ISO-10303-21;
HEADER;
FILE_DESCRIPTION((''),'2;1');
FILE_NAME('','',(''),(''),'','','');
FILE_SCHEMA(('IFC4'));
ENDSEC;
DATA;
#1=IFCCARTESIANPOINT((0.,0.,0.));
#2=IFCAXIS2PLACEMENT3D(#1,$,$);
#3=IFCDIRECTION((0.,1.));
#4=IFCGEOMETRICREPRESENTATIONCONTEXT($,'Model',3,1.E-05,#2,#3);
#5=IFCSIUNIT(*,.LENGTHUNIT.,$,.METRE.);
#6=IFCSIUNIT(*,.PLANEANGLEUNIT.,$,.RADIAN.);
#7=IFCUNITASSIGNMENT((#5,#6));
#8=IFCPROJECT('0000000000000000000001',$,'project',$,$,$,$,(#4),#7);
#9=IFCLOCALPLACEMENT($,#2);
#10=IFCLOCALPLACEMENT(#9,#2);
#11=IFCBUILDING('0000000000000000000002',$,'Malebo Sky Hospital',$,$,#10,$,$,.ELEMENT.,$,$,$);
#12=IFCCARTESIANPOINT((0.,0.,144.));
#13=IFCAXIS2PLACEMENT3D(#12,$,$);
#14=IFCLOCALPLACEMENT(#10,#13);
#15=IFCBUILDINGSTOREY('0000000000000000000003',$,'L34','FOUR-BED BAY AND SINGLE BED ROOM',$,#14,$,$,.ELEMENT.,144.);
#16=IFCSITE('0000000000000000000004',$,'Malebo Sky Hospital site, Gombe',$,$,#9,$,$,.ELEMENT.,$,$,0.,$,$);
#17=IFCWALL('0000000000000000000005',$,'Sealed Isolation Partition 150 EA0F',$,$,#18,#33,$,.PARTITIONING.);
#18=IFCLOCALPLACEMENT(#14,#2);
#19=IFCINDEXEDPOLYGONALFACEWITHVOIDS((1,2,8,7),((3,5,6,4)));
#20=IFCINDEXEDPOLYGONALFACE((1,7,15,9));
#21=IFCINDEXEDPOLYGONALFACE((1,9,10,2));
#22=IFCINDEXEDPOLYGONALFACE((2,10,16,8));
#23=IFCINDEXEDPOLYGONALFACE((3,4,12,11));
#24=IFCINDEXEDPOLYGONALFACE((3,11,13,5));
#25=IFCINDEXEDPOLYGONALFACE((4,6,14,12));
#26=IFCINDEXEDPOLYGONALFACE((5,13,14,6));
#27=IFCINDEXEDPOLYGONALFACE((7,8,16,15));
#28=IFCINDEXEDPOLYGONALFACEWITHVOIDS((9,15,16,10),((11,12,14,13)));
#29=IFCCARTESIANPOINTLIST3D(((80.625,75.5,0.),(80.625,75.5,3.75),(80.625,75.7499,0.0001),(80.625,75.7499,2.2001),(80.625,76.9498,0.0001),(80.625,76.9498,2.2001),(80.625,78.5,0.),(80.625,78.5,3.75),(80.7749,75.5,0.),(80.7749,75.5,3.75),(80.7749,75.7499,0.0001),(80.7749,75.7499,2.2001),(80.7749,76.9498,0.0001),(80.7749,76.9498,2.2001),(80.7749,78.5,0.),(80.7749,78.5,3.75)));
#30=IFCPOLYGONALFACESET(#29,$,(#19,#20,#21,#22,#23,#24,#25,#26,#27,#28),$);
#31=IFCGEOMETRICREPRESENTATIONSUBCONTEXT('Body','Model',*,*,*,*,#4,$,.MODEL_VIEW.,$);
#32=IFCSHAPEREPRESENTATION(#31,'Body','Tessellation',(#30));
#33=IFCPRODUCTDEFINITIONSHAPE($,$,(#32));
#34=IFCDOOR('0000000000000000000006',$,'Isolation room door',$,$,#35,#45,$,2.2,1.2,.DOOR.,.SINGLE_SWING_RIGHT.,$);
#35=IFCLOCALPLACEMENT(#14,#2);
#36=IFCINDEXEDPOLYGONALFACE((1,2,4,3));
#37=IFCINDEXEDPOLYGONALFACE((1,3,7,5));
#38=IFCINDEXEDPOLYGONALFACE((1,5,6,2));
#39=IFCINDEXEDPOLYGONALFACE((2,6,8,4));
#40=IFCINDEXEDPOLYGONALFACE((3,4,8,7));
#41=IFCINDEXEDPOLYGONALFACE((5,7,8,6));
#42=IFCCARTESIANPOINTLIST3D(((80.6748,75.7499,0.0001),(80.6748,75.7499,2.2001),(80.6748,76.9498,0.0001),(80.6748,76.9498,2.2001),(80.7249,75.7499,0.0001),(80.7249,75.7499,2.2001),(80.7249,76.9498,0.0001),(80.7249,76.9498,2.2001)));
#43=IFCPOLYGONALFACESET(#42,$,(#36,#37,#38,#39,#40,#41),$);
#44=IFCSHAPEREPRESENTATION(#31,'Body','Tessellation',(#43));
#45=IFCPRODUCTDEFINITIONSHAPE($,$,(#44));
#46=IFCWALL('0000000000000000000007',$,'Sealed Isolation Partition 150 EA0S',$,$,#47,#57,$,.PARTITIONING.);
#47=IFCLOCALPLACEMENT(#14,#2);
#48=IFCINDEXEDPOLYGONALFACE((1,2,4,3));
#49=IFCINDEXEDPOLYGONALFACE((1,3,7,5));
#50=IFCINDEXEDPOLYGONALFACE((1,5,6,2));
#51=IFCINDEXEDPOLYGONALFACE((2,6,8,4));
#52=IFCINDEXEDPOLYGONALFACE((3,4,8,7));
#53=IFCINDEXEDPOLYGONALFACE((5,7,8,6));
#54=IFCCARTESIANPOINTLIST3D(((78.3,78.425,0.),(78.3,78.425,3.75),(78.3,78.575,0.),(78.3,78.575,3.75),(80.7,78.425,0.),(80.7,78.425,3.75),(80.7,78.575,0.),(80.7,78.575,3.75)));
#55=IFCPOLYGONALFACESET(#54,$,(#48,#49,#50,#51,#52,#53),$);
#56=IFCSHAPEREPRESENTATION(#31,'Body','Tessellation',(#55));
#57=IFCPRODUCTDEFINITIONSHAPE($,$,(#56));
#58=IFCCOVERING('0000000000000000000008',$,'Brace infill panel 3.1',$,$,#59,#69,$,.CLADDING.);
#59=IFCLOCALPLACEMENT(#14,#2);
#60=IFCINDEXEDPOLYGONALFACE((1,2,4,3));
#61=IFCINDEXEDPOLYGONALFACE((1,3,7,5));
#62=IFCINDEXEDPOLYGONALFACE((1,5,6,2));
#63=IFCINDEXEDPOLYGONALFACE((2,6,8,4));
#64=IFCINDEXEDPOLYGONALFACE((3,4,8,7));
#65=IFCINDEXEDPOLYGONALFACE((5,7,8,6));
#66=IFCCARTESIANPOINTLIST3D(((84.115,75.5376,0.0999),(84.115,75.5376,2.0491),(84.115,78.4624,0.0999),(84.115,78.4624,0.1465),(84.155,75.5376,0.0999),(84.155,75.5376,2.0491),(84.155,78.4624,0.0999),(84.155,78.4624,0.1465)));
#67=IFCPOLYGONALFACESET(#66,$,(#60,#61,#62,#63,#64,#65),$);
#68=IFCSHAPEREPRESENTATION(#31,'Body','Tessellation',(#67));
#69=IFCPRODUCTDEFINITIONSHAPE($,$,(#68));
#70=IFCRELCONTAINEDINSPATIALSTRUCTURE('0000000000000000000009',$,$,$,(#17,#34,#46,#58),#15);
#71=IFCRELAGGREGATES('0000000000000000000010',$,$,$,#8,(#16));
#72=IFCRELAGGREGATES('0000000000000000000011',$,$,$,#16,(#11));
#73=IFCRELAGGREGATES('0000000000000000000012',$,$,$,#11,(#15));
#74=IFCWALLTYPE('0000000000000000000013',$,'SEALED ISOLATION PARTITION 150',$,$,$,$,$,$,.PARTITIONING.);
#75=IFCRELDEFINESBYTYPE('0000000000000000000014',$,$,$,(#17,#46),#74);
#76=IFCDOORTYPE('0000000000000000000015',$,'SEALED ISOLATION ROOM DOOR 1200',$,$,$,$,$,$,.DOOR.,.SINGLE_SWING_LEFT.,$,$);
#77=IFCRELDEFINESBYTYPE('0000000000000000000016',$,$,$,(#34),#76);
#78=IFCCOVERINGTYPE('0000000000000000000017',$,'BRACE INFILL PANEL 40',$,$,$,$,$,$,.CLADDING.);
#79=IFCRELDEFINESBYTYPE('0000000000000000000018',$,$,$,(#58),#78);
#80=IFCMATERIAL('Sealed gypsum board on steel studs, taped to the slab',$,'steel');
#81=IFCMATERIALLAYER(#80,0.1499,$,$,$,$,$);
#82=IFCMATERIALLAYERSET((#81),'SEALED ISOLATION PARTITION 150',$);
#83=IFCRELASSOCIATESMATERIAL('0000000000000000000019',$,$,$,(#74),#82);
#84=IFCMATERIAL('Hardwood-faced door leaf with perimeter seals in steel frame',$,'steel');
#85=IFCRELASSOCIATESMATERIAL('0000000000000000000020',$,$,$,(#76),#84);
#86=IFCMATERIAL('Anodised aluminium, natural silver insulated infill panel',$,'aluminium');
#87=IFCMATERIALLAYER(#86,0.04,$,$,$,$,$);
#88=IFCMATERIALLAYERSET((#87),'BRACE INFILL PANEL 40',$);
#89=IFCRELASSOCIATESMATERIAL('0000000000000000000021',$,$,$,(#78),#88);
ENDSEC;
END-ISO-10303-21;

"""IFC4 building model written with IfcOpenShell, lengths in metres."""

from ifc_helpers import new_model, si_unit, direction, frame, frame_2d, origin, place, context, subcontext, project, spatial, polyline, rectangle, outline, extrude, material, layer, layer_set, type_object, element, fill, save


model = new_model("IFC4")

# Units and contexts
model_context = context("Model", 3, precision=1e-05, world=origin(), true_north=direction((0.0, 1.0)))
body_context = subcontext(model_context, "Body", "Model", "MODEL_VIEW")
ifc_project = project(units=[si_unit("LENGTHUNIT", "METRE"), si_unit("PLANEANGLEUNIT", "RADIAN")], contexts=[model_context])

# Site, building, storey
site_placement = place(None, origin())
site = spatial("IfcSite", under=ifc_project, at=site_placement, Name="Malebo Sky Hospital site, Gombe", CompositionType="ELEMENT", RefElevation=0.0)
building_placement = place(site_placement, origin())
building = spatial("IfcBuilding", under=site, at=building_placement, Name="Malebo Sky Hospital", CompositionType="ELEMENT")
storey_placement = place(building_placement, frame((0.0, 0.0, 144.0)))
storey = spatial("IfcBuildingStorey", under=building, at=storey_placement, Name="L34", Description="FOUR-BED BAY AND SINGLE BED ROOM", CompositionType="ELEMENT", Elevation=144.0)

# Wall, opening, door
ifc_material_1 = material(Name="Sealed gypsum board on steel studs, taped to the slab", Category="steel")
ifc_layer_1 = layer(ifc_material_1, 0.1499)
ifc_layer_set_1 = layer_set([ifc_layer_1], Name="SEALED ISOLATION PARTITION 150")
wall_type_1 = type_object("IfcWallType", Name="SEALED ISOLATION PARTITION 150", PredefinedType="PARTITIONING", material=ifc_layer_set_1)
wall_1_placement = place(storey_placement, frame((80.7, 78.5, 0.0), z_axis=(0.0, 0.0, 1.0), x_axis=(0.0, -1.0, 0.0)))
wall_1 = element("IfcWall", 1, at=wall_1_placement, inside=storey, type_object=wall_type_1, Name="Sealed Isolation Partition 150 EA0F", PredefinedType="PARTITIONING", context=body_context, shape_type="SweptSolid", body=[
    extrude(rectangle(XDim=3.0, YDim=0.1499, at=frame_2d((1.5, 0.0))), origin(), (0.0, 0.0, 1.0), 3.75),
])
opening_1_placement = place(wall_1_placement, frame((1.55, 0.0, 0.0)))
opening_1 = element("IfcOpeningElement", 2, at=opening_1_placement, cuts=wall_1, PredefinedType="OPENING", context=body_context, shape_type="SweptSolid", body=[
    extrude(rectangle(XDim=1.2, YDim=2.2, at=frame_2d((0.6001, 1.1001))), frame((0.0, 0.085, 0.0), z_axis=(0.0, -1.0, 0.0), x_axis=(1.0, 0.0, 0.0)), (0.0, 0.0, 1.0), 0.1699),
])
ifc_material_2 = material(Name="Hardwood-faced door leaf with perimeter seals in steel frame", Category="steel")
door_type_1 = type_object("IfcDoorType", Name="SEALED ISOLATION ROOM DOOR 1200", OperationType="SINGLE_SWING_LEFT", PredefinedType="DOOR", material=ifc_material_2)
door_1_placement = place(opening_1_placement, origin())
door_1 = element("IfcDoor", 3, at=door_1_placement, inside=storey, type_object=door_type_1, Name="Isolation room door", OperationType="SINGLE_SWING_RIGHT", OverallHeight=2.2, OverallWidth=1.2, PredefinedType="DOOR", context=body_context, shape_type="SweptSolid", body=[
    extrude(rectangle(XDim=1.2, YDim=2.2, at=frame_2d((0.6001, 1.1001))), frame((0.0, 0.0249, 0.0), z_axis=(0.0, -1.0, 0.0), x_axis=(1.0, 0.0, 0.0)), (0.0, 0.0, 1.0), 0.05),
])
fill(opening_1, door_1)

# Wall
wall_2_placement = place(storey_placement, frame((78.3, 78.5, 0.0), z_axis=(0.0, 0.0, 1.0), x_axis=(1.0, 0.0, 0.0)))
element("IfcWall", 4, at=wall_2_placement, inside=storey, type_object=wall_type_1, Name="Sealed Isolation Partition 150 EA0S", PredefinedType="PARTITIONING", context=body_context, shape_type="SweptSolid", body=[
    extrude(rectangle(XDim=2.3999, YDim=0.1499, at=frame_2d((1.2, 0.0))), origin(), (0.0, 0.0, 1.0), 3.75),
])

# Covering
ifc_material_3 = material(Name="Anodised aluminium, natural silver insulated infill panel", Category="aluminium")
ifc_layer_2 = layer(ifc_material_3, 0.04)
ifc_layer_set_2 = layer_set([ifc_layer_2], Name="BRACE INFILL PANEL 40")
covering_type = type_object("IfcCoveringType", Name="BRACE INFILL PANEL 40", PredefinedType="CLADDING", material=ifc_layer_set_2)
covering_placement = place(storey_placement, frame((84.135, 77.0, 0.0999), z_axis=(0.0, 0.0, 1.0), x_axis=(0.0, -1.0, 0.0)))
element("IfcCovering", 5, at=covering_placement, inside=storey, type_object=covering_type, Name="Brace infill panel 3.1", PredefinedType="CLADDING", context=body_context, shape_type="SweptSolid", body=[
    extrude(outline(polyline([(-1.4624, 0.0), (1.4624, 0.0), (1.4624, 1.9492), (-1.4624, 0.0466), (-1.4624, 0.0)])), frame((0.0, 0.02, 0.0), z_axis=(0.0, -1.0, 0.0), x_axis=(1.0, 0.0, 0.0)), (0.0, 0.0, 1.0), 0.04),
])

save(model, "model.ifc")
